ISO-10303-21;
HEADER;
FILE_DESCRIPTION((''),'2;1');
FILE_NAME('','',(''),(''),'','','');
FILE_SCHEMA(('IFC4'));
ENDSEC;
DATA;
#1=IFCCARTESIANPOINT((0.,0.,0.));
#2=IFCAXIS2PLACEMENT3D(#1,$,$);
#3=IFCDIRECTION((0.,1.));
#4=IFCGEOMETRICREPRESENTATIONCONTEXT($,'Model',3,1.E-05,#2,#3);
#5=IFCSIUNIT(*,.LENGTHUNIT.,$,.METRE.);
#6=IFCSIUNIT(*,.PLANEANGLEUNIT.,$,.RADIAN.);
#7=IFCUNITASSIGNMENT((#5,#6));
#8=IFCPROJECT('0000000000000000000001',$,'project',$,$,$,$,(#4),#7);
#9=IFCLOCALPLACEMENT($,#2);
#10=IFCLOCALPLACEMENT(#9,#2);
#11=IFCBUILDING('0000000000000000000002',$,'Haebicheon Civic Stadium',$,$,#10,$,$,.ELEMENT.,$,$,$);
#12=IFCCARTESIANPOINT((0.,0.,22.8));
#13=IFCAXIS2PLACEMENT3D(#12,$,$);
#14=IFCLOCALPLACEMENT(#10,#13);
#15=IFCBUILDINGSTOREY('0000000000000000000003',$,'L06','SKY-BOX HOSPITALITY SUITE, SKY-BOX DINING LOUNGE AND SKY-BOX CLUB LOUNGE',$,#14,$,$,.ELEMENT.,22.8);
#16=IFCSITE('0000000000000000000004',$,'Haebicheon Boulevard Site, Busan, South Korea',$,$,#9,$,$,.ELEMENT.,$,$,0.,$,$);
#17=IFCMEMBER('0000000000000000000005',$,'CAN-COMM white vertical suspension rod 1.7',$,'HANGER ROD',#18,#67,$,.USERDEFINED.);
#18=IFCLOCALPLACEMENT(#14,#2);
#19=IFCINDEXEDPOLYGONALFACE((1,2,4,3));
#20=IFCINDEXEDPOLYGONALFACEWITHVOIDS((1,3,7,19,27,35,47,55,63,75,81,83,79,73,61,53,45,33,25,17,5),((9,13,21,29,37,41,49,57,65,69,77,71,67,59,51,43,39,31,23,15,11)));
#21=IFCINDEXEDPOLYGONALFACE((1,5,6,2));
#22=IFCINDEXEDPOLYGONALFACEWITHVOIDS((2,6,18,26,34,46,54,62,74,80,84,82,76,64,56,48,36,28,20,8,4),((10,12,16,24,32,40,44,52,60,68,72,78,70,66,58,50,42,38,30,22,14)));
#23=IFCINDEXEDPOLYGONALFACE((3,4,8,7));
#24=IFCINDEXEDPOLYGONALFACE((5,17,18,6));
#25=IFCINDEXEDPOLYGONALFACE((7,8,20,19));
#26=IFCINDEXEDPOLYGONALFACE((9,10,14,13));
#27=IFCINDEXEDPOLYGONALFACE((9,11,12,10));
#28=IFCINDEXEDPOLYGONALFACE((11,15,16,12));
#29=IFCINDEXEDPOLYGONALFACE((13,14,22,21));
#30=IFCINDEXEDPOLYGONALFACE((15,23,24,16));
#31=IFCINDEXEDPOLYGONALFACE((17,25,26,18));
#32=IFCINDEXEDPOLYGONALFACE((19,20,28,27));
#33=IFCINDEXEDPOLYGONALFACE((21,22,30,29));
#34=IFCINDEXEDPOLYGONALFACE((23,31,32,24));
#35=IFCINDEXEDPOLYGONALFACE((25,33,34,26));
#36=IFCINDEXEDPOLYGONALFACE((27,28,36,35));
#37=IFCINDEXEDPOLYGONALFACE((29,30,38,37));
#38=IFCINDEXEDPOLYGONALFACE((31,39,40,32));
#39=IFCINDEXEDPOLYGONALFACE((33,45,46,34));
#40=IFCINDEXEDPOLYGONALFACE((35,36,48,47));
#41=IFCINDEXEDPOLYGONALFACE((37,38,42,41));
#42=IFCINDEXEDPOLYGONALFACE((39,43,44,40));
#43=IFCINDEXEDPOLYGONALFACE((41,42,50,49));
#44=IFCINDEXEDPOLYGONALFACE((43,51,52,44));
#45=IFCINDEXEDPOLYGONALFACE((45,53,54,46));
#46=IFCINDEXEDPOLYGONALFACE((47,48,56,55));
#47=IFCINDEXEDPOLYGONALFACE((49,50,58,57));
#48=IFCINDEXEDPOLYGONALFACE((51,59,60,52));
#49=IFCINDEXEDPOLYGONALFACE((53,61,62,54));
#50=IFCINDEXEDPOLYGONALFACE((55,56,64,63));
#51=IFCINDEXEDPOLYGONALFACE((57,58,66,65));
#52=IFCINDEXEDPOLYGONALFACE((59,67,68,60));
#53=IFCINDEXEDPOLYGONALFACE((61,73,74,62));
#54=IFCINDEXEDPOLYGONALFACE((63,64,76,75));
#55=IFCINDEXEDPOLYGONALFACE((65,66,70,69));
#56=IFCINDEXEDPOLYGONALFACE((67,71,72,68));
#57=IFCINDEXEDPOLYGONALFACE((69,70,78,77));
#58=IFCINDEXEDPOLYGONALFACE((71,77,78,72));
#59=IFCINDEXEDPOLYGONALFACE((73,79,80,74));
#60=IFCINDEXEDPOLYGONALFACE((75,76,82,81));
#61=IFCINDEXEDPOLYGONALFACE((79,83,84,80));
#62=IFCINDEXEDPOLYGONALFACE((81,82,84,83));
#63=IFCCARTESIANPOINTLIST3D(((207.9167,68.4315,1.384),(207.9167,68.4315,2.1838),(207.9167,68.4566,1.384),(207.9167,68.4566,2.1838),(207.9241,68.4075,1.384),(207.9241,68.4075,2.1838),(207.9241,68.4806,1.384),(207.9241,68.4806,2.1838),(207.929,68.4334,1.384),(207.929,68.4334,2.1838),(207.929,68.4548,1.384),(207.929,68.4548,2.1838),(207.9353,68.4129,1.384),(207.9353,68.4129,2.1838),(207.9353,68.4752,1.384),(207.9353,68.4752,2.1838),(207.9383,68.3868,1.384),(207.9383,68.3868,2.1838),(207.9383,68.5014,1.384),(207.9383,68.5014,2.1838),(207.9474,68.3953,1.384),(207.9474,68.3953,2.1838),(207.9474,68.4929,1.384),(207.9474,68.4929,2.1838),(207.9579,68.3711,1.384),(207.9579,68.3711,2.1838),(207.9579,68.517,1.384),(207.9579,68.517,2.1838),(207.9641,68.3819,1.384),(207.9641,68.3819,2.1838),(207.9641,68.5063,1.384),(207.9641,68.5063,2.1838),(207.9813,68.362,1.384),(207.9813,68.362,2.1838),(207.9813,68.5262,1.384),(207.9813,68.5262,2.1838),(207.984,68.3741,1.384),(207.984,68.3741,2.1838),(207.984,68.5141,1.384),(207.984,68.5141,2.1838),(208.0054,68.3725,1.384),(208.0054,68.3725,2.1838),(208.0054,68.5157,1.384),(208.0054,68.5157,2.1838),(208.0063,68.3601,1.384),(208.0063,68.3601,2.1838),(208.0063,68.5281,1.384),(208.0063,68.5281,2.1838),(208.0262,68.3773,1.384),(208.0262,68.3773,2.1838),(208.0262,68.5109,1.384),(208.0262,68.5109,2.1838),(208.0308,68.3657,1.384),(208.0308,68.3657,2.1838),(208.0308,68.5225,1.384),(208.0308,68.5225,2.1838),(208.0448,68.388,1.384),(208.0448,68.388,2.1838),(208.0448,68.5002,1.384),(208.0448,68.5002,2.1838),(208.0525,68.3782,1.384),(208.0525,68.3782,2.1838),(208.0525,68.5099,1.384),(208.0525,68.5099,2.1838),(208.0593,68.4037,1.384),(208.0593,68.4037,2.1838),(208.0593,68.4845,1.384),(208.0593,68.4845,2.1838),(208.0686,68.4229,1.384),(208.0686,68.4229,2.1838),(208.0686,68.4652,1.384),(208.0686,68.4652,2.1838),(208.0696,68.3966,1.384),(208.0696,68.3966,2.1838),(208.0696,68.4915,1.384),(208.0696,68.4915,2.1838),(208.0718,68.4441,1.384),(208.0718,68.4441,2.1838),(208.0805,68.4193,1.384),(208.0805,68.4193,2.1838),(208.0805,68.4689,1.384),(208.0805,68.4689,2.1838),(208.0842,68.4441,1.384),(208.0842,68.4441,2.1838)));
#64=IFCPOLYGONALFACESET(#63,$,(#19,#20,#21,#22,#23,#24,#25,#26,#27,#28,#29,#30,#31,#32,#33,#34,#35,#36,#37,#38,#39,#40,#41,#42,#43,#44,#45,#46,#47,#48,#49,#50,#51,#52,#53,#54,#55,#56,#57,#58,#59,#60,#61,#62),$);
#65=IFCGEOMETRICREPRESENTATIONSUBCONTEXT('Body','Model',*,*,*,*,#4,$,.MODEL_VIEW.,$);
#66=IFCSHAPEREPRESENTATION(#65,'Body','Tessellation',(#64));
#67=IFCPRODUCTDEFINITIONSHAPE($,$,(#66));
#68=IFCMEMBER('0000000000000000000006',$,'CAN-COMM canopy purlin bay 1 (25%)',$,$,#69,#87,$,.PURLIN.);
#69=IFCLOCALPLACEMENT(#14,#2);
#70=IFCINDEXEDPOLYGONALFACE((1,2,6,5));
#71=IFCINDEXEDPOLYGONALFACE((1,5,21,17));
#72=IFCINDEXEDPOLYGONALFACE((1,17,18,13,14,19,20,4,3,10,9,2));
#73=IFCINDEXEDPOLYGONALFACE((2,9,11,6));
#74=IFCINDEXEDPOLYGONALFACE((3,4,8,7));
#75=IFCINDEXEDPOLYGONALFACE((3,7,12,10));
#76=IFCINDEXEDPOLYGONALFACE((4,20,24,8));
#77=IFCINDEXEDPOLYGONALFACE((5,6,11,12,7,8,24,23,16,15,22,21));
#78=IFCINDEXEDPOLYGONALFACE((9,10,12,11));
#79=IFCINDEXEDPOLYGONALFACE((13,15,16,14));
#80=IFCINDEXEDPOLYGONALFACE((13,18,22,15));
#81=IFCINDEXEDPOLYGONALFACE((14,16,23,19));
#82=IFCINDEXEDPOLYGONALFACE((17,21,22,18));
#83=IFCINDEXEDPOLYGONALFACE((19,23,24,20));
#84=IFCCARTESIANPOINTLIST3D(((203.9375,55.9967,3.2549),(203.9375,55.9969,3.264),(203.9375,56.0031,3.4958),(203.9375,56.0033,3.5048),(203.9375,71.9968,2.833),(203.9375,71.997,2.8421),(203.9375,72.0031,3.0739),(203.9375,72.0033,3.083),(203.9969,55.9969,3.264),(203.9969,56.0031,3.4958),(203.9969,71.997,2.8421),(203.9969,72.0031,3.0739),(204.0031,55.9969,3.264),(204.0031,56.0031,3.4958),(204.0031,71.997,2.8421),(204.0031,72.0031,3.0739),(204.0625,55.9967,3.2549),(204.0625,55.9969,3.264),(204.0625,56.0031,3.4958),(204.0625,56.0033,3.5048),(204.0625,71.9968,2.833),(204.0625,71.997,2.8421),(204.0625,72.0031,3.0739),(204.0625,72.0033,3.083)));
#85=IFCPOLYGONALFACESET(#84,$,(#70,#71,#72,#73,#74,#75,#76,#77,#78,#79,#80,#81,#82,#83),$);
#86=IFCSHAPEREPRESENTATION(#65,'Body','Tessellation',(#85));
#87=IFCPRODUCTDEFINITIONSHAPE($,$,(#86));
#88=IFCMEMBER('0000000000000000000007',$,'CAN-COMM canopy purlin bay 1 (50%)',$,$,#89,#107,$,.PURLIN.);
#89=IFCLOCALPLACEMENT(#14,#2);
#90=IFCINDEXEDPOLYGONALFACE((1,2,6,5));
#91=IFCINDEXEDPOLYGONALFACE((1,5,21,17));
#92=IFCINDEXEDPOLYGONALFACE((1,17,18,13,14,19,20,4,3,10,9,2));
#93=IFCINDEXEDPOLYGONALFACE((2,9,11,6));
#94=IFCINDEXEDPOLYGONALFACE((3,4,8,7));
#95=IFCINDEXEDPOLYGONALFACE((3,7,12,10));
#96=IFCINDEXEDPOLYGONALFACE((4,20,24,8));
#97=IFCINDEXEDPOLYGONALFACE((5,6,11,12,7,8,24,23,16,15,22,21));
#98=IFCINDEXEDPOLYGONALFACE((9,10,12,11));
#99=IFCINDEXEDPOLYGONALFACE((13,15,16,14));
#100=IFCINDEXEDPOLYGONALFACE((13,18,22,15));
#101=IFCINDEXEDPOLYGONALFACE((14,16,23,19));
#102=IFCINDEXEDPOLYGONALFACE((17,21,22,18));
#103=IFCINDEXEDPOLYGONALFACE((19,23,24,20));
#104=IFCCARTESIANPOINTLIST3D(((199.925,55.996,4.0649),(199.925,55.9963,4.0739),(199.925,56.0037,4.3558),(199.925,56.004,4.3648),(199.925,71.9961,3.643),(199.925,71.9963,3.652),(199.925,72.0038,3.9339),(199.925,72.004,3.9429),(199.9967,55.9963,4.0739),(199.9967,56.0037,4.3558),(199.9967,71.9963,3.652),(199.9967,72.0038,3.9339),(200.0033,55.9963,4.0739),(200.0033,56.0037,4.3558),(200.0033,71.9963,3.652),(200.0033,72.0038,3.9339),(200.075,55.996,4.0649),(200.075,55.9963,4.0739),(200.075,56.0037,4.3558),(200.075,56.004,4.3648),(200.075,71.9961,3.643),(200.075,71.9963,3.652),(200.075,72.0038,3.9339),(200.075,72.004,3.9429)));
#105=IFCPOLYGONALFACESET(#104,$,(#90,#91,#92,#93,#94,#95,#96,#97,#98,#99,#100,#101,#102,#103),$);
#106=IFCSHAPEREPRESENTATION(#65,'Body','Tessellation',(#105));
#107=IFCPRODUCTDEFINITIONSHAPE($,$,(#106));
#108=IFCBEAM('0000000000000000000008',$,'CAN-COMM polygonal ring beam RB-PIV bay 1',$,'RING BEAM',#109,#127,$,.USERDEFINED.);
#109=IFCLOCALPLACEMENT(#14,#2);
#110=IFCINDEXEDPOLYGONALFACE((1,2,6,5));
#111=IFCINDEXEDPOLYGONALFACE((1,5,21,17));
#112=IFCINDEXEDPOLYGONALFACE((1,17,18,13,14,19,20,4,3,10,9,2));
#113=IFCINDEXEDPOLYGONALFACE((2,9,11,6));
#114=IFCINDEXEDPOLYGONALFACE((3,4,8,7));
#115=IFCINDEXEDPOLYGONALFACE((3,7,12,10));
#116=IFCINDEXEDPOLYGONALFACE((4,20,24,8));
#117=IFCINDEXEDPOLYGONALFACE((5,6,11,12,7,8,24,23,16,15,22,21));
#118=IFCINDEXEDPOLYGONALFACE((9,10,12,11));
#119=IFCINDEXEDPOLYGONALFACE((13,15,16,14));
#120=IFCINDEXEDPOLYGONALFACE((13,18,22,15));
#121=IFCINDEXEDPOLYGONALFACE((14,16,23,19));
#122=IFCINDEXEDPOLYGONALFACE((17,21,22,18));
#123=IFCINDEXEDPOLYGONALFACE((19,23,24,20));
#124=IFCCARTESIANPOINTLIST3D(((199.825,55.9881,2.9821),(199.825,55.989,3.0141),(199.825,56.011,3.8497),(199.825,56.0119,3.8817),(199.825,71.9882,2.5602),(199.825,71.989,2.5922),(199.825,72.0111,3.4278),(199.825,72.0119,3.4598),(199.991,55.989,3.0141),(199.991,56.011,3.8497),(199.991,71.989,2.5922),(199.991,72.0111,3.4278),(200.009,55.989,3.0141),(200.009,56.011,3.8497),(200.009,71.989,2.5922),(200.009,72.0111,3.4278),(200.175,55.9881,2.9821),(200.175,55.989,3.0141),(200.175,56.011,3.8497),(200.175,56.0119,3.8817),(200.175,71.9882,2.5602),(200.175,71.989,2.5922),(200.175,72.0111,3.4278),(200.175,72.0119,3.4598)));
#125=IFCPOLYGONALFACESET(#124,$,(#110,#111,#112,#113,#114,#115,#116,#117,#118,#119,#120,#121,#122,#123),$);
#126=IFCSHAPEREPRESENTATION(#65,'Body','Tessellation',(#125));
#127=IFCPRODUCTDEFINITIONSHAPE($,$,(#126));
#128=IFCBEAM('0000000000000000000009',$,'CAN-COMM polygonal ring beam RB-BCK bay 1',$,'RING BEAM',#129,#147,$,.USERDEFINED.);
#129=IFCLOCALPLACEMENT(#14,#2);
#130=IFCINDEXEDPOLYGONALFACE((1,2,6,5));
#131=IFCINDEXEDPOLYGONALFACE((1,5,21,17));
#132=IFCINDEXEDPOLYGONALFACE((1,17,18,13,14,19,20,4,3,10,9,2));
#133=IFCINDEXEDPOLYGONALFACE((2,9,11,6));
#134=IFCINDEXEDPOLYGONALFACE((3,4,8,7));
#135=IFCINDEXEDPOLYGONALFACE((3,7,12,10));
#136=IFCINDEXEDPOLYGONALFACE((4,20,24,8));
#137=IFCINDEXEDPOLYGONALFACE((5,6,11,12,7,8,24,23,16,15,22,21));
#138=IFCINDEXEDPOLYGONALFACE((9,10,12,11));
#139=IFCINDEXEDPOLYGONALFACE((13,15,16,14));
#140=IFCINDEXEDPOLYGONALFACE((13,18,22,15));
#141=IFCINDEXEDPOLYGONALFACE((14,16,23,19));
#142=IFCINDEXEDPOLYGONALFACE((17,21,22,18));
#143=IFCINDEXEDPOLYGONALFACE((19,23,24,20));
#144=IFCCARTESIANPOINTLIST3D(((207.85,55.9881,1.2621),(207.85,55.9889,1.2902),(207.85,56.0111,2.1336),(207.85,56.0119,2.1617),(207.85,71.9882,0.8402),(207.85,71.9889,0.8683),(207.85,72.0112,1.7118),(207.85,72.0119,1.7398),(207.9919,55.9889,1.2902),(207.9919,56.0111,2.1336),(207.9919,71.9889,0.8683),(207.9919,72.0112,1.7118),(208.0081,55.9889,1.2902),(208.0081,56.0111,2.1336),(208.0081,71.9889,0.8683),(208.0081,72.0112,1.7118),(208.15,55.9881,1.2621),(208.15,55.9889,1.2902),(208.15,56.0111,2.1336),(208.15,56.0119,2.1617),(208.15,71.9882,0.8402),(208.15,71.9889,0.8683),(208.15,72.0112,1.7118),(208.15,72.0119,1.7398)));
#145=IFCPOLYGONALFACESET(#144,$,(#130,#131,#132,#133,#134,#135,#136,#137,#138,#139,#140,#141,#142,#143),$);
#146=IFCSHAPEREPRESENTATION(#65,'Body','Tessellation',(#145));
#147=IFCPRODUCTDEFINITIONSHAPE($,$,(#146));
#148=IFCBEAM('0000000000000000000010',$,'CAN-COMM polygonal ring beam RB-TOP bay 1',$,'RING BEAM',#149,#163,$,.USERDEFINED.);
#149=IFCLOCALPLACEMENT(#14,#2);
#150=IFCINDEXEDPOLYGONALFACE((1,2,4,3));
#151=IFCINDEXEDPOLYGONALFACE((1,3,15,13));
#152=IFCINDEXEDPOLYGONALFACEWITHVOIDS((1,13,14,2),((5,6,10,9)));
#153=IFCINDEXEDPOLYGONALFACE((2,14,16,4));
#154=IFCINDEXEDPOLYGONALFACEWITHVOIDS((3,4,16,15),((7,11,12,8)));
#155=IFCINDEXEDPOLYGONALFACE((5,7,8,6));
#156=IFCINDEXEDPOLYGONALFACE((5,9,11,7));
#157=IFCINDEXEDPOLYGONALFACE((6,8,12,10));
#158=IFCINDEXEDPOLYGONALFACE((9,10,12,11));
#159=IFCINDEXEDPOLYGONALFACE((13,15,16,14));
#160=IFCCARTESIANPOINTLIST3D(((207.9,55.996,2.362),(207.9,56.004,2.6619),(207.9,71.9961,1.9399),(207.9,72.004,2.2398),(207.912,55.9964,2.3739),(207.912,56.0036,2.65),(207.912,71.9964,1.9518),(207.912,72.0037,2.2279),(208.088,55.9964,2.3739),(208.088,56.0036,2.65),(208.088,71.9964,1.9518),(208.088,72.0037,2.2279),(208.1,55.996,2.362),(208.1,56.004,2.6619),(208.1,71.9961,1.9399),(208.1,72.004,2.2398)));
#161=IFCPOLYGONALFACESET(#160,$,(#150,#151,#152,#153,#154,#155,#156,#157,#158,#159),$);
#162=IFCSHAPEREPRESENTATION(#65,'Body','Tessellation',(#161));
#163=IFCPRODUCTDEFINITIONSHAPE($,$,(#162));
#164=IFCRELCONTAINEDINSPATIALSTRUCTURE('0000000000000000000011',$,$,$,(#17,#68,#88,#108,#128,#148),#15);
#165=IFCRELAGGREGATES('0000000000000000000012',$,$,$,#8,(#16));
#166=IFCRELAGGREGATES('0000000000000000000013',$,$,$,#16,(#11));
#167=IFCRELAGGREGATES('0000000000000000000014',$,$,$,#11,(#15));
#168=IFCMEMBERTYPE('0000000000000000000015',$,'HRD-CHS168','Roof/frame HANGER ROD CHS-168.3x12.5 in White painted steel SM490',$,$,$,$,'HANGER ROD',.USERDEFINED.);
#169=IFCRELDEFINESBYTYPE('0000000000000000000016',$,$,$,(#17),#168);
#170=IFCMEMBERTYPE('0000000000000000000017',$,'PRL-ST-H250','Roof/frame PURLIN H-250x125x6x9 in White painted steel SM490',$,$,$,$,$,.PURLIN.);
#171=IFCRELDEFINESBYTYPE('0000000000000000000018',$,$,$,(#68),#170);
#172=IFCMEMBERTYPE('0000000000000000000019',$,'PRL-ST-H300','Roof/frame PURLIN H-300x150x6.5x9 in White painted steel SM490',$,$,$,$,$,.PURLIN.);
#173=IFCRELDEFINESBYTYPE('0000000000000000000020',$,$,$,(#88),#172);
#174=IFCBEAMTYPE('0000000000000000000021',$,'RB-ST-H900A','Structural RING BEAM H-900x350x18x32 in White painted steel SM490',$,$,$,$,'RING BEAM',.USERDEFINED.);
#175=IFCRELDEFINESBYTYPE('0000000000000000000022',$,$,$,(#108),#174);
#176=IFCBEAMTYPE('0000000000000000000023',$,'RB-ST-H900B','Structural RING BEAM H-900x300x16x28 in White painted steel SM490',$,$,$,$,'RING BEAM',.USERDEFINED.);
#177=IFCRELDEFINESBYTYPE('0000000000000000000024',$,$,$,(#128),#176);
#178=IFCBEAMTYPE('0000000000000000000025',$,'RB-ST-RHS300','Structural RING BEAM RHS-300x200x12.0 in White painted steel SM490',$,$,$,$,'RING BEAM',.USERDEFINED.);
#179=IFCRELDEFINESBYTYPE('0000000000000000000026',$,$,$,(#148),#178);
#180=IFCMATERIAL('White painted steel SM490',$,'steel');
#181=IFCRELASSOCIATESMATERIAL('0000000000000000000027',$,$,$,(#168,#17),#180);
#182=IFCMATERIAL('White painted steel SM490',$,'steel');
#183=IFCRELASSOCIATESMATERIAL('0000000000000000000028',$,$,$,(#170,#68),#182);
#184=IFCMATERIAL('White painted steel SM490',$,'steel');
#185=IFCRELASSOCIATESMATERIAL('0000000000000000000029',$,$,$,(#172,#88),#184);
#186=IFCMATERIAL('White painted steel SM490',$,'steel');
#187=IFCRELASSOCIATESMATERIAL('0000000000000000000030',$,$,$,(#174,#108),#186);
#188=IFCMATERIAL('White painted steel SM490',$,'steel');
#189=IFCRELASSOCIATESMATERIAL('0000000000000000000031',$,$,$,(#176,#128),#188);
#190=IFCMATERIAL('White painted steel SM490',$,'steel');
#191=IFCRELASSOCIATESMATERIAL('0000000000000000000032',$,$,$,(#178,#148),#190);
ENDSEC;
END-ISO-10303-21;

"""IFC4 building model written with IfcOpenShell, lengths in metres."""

from ifc_helpers import new_model, si_unit, direction, frame, origin, origin_2d, place, context, subcontext, project, spatial, hollow_rectangle, hollow_circle, i_section, extrude, material, material_profile, profile_set, type_object, element, save


model = new_model("IFC4")

# Units and contexts
model_context = context("Model", 3, precision=1e-05, world=origin(), true_north=direction((0.0, 1.0)))
body_context = subcontext(model_context, "Body", "Model", "MODEL_VIEW")
ifc_project = project(units=[si_unit("LENGTHUNIT", "METRE"), si_unit("PLANEANGLEUNIT", "RADIAN")], contexts=[model_context])

# Site, building, storey
site_placement = place(None, origin())
site = spatial("IfcSite", under=ifc_project, at=site_placement, Name="Haebicheon Boulevard Site, Busan, South Korea", CompositionType="ELEMENT", RefElevation=0.0)
building_placement = place(site_placement, origin())
building = spatial("IfcBuilding", under=site, at=building_placement, Name="Haebicheon Civic Stadium", CompositionType="ELEMENT")
storey_placement = place(building_placement, frame((0.0, 0.0, 22.8)))
storey = spatial("IfcBuildingStorey", under=building, at=storey_placement, Name="L06", Description="SKY-BOX HOSPITALITY SUITE, SKY-BOX DINING LOUNGE AND SKY-BOX CLUB LOUNGE", CompositionType="ELEMENT", Elevation=22.8)

# Members
ifc_material_1 = material(Name="White painted steel SM490", Category="steel")
ifc_material_profile_1 = material_profile(ifc_material_1, hollow_circle(Radius=0.0842, WallThickness=0.0125, at=origin_2d()), Name="CHS-168.3x12.5")
ifc_profile_set_1 = profile_set([ifc_material_profile_1], Name="White painted steel SM490")
member_type_1 = type_object("IfcMemberType", Name="HRD-CHS168", Description="Roof/frame HANGER ROD CHS-168.3x12.5 in White painted steel SM490", ElementType="HANGER ROD", PredefinedType="USERDEFINED", material=ifc_profile_set_1)
member_1_placement = place(storey_placement, frame((208.0, 68.4441, 1.384), z_axis=(0.0, 0.0, 1.0), x_axis=(1.0, 0.0, 0.0)))
element("IfcMember", 1, at=member_1_placement, inside=storey, type_object=member_type_1, material=ifc_profile_set_1, Name="CAN-COMM white vertical suspension rod 1.7", ObjectType="HANGER ROD", PredefinedType="USERDEFINED", context=body_context, shape_type="SweptSolid", body=[
    extrude(hollow_circle(Radius=0.0842, WallThickness=0.0125, at=origin_2d()), origin(), (0.0, 0.0, 1.0), 0.7998),
])
ifc_material_2 = material(Name="White painted steel SM490", Category="steel")
ifc_material_profile_2 = material_profile(ifc_material_2, i_section(OverallWidth=0.125, OverallDepth=0.25, WebThickness=0.0061, FlangeThickness=0.009, at=origin_2d()), Name="H-250x125x6x9")
ifc_profile_set_2 = profile_set([ifc_material_profile_2], Name="White painted steel SM490")
member_type_2 = type_object("IfcMemberType", Name="PRL-ST-H250", Description="Roof/frame PURLIN H-250x125x6x9 in White painted steel SM490", PredefinedType="PURLIN", material=ifc_profile_set_2)
member_2_placement = place(storey_placement, frame((204.0, 56.0, 3.3799), z_axis=(0.0, 0.999653, -0.026358), x_axis=(-1.0, 0.0, 0.0)))
element("IfcMember", 2, at=member_2_placement, inside=storey, type_object=member_type_2, material=ifc_profile_set_2, Name="CAN-COMM canopy purlin bay 1 (25%)", PredefinedType="PURLIN", context=body_context, shape_type="SweptSolid", body=[
    extrude(i_section(OverallWidth=0.125, OverallDepth=0.25, WebThickness=0.0061, FlangeThickness=0.009, at=origin_2d()), origin(), (0.0, 0.0, 1.0), 16.0056),
])
ifc_material_3 = material(Name="White painted steel SM490", Category="steel")
ifc_material_profile_3 = material_profile(ifc_material_3, i_section(OverallWidth=0.1499, OverallDepth=0.3, WebThickness=0.0066, FlangeThickness=0.009, at=origin_2d()), Name="H-300x150x6.5x9")
ifc_profile_set_3 = profile_set([ifc_material_profile_3], Name="White painted steel SM490")
member_type_3 = type_object("IfcMemberType", Name="PRL-ST-H300", Description="Roof/frame PURLIN H-300x150x6.5x9 in White painted steel SM490", PredefinedType="PURLIN", material=ifc_profile_set_3)
member_3_placement = place(storey_placement, frame((200.0, 56.0, 4.2148), z_axis=(0.0, 0.999653, -0.026358), x_axis=(-1.0, 0.0, 0.0)))
element("IfcMember", 3, at=member_3_placement, inside=storey, type_object=member_type_3, material=ifc_profile_set_3, Name="CAN-COMM canopy purlin bay 1 (50%)", PredefinedType="PURLIN", context=body_context, shape_type="SweptSolid", body=[
    extrude(i_section(OverallWidth=0.1499, OverallDepth=0.3, WebThickness=0.0066, FlangeThickness=0.009, at=origin_2d()), origin(), (0.0, 0.0, 1.0), 16.0056),
])

# Beams
ifc_material_4 = material(Name="White painted steel SM490", Category="steel")
ifc_material_profile_4 = material_profile(ifc_material_4, i_section(OverallWidth=0.3501, OverallDepth=0.8999, WebThickness=0.0181, FlangeThickness=0.032, at=origin_2d()), Name="H-900x350x18x32")
ifc_profile_set_4 = profile_set([ifc_material_profile_4], Name="White painted steel SM490")
beam_type_1 = type_object("IfcBeamType", Name="RB-ST-H900A", Description="Structural RING BEAM H-900x350x18x32 in White painted steel SM490", ElementType="RING BEAM", PredefinedType="USERDEFINED", material=ifc_profile_set_4)
beam_1_placement = place(storey_placement, frame((200.0, 56.0, 3.4319), z_axis=(0.0, 0.999653, -0.026358), x_axis=(-1.0, 0.0, 0.0)))
element("IfcBeam", 4, at=beam_1_placement, inside=storey, type_object=beam_type_1, material=ifc_profile_set_4, Name="CAN-COMM polygonal ring beam RB-PIV bay 1", ObjectType="RING BEAM", PredefinedType="USERDEFINED", context=body_context, shape_type="SweptSolid", body=[
    extrude(i_section(OverallWidth=0.3501, OverallDepth=0.8999, WebThickness=0.0181, FlangeThickness=0.032, at=origin_2d()), origin(), (0.0, 0.0, 1.0), 16.0056),
])
ifc_material_5 = material(Name="White painted steel SM490", Category="steel")
ifc_material_profile_5 = material_profile(ifc_material_5, i_section(OverallWidth=0.3, OverallDepth=0.8999, WebThickness=0.0161, FlangeThickness=0.0281, at=origin_2d()), Name="H-900x300x16x28")
ifc_profile_set_5 = profile_set([ifc_material_profile_5], Name="White painted steel SM490")
beam_type_2 = type_object("IfcBeamType", Name="RB-ST-H900B", Description="Structural RING BEAM H-900x300x16x28 in White painted steel SM490", ElementType="RING BEAM", PredefinedType="USERDEFINED", material=ifc_profile_set_5)
beam_2_placement = place(storey_placement, frame((208.0, 56.0, 1.7119), z_axis=(0.0, 0.999653, -0.026358), x_axis=(-1.0, 0.0, 0.0)))
element("IfcBeam", 5, at=beam_2_placement, inside=storey, type_object=beam_type_2, material=ifc_profile_set_5, Name="CAN-COMM polygonal ring beam RB-BCK bay 1", ObjectType="RING BEAM", PredefinedType="USERDEFINED", context=body_context, shape_type="SweptSolid", body=[
    extrude(i_section(OverallWidth=0.3, OverallDepth=0.8999, WebThickness=0.0161, FlangeThickness=0.0281, at=origin_2d()), origin(), (0.0, 0.0, 1.0), 16.0056),
])
ifc_material_6 = material(Name="White painted steel SM490", Category="steel")
ifc_material_profile_6 = material_profile(ifc_material_6, hollow_rectangle(XDim=0.2, YDim=0.3, WallThickness=0.012, at=origin_2d()), Name="RHS-300x200x12.0")
ifc_profile_set_6 = profile_set([ifc_material_profile_6], Name="White painted steel SM490")
beam_type_3 = type_object("IfcBeamType", Name="RB-ST-RHS300", Description="Structural RING BEAM RHS-300x200x12.0 in White painted steel SM490", ElementType="RING BEAM", PredefinedType="USERDEFINED", material=ifc_profile_set_6)
beam_3_placement = place(storey_placement, frame((208.0, 56.0, 2.512), z_axis=(0.0, 0.999652, -0.026373), x_axis=(-1.0, 0.0, 0.0)))
element("IfcBeam", 6, at=beam_3_placement, inside=storey, type_object=beam_type_3, material=ifc_profile_set_6, Name="CAN-COMM polygonal ring beam RB-TOP bay 1", ObjectType="RING BEAM", PredefinedType="USERDEFINED", context=body_context, shape_type="SweptSolid", body=[
    extrude(hollow_rectangle(XDim=0.2, YDim=0.3, WallThickness=0.012, at=origin_2d()), origin(), (0.0, 0.0, 1.0), 16.0056),
])

save(model, "model.ifc")
